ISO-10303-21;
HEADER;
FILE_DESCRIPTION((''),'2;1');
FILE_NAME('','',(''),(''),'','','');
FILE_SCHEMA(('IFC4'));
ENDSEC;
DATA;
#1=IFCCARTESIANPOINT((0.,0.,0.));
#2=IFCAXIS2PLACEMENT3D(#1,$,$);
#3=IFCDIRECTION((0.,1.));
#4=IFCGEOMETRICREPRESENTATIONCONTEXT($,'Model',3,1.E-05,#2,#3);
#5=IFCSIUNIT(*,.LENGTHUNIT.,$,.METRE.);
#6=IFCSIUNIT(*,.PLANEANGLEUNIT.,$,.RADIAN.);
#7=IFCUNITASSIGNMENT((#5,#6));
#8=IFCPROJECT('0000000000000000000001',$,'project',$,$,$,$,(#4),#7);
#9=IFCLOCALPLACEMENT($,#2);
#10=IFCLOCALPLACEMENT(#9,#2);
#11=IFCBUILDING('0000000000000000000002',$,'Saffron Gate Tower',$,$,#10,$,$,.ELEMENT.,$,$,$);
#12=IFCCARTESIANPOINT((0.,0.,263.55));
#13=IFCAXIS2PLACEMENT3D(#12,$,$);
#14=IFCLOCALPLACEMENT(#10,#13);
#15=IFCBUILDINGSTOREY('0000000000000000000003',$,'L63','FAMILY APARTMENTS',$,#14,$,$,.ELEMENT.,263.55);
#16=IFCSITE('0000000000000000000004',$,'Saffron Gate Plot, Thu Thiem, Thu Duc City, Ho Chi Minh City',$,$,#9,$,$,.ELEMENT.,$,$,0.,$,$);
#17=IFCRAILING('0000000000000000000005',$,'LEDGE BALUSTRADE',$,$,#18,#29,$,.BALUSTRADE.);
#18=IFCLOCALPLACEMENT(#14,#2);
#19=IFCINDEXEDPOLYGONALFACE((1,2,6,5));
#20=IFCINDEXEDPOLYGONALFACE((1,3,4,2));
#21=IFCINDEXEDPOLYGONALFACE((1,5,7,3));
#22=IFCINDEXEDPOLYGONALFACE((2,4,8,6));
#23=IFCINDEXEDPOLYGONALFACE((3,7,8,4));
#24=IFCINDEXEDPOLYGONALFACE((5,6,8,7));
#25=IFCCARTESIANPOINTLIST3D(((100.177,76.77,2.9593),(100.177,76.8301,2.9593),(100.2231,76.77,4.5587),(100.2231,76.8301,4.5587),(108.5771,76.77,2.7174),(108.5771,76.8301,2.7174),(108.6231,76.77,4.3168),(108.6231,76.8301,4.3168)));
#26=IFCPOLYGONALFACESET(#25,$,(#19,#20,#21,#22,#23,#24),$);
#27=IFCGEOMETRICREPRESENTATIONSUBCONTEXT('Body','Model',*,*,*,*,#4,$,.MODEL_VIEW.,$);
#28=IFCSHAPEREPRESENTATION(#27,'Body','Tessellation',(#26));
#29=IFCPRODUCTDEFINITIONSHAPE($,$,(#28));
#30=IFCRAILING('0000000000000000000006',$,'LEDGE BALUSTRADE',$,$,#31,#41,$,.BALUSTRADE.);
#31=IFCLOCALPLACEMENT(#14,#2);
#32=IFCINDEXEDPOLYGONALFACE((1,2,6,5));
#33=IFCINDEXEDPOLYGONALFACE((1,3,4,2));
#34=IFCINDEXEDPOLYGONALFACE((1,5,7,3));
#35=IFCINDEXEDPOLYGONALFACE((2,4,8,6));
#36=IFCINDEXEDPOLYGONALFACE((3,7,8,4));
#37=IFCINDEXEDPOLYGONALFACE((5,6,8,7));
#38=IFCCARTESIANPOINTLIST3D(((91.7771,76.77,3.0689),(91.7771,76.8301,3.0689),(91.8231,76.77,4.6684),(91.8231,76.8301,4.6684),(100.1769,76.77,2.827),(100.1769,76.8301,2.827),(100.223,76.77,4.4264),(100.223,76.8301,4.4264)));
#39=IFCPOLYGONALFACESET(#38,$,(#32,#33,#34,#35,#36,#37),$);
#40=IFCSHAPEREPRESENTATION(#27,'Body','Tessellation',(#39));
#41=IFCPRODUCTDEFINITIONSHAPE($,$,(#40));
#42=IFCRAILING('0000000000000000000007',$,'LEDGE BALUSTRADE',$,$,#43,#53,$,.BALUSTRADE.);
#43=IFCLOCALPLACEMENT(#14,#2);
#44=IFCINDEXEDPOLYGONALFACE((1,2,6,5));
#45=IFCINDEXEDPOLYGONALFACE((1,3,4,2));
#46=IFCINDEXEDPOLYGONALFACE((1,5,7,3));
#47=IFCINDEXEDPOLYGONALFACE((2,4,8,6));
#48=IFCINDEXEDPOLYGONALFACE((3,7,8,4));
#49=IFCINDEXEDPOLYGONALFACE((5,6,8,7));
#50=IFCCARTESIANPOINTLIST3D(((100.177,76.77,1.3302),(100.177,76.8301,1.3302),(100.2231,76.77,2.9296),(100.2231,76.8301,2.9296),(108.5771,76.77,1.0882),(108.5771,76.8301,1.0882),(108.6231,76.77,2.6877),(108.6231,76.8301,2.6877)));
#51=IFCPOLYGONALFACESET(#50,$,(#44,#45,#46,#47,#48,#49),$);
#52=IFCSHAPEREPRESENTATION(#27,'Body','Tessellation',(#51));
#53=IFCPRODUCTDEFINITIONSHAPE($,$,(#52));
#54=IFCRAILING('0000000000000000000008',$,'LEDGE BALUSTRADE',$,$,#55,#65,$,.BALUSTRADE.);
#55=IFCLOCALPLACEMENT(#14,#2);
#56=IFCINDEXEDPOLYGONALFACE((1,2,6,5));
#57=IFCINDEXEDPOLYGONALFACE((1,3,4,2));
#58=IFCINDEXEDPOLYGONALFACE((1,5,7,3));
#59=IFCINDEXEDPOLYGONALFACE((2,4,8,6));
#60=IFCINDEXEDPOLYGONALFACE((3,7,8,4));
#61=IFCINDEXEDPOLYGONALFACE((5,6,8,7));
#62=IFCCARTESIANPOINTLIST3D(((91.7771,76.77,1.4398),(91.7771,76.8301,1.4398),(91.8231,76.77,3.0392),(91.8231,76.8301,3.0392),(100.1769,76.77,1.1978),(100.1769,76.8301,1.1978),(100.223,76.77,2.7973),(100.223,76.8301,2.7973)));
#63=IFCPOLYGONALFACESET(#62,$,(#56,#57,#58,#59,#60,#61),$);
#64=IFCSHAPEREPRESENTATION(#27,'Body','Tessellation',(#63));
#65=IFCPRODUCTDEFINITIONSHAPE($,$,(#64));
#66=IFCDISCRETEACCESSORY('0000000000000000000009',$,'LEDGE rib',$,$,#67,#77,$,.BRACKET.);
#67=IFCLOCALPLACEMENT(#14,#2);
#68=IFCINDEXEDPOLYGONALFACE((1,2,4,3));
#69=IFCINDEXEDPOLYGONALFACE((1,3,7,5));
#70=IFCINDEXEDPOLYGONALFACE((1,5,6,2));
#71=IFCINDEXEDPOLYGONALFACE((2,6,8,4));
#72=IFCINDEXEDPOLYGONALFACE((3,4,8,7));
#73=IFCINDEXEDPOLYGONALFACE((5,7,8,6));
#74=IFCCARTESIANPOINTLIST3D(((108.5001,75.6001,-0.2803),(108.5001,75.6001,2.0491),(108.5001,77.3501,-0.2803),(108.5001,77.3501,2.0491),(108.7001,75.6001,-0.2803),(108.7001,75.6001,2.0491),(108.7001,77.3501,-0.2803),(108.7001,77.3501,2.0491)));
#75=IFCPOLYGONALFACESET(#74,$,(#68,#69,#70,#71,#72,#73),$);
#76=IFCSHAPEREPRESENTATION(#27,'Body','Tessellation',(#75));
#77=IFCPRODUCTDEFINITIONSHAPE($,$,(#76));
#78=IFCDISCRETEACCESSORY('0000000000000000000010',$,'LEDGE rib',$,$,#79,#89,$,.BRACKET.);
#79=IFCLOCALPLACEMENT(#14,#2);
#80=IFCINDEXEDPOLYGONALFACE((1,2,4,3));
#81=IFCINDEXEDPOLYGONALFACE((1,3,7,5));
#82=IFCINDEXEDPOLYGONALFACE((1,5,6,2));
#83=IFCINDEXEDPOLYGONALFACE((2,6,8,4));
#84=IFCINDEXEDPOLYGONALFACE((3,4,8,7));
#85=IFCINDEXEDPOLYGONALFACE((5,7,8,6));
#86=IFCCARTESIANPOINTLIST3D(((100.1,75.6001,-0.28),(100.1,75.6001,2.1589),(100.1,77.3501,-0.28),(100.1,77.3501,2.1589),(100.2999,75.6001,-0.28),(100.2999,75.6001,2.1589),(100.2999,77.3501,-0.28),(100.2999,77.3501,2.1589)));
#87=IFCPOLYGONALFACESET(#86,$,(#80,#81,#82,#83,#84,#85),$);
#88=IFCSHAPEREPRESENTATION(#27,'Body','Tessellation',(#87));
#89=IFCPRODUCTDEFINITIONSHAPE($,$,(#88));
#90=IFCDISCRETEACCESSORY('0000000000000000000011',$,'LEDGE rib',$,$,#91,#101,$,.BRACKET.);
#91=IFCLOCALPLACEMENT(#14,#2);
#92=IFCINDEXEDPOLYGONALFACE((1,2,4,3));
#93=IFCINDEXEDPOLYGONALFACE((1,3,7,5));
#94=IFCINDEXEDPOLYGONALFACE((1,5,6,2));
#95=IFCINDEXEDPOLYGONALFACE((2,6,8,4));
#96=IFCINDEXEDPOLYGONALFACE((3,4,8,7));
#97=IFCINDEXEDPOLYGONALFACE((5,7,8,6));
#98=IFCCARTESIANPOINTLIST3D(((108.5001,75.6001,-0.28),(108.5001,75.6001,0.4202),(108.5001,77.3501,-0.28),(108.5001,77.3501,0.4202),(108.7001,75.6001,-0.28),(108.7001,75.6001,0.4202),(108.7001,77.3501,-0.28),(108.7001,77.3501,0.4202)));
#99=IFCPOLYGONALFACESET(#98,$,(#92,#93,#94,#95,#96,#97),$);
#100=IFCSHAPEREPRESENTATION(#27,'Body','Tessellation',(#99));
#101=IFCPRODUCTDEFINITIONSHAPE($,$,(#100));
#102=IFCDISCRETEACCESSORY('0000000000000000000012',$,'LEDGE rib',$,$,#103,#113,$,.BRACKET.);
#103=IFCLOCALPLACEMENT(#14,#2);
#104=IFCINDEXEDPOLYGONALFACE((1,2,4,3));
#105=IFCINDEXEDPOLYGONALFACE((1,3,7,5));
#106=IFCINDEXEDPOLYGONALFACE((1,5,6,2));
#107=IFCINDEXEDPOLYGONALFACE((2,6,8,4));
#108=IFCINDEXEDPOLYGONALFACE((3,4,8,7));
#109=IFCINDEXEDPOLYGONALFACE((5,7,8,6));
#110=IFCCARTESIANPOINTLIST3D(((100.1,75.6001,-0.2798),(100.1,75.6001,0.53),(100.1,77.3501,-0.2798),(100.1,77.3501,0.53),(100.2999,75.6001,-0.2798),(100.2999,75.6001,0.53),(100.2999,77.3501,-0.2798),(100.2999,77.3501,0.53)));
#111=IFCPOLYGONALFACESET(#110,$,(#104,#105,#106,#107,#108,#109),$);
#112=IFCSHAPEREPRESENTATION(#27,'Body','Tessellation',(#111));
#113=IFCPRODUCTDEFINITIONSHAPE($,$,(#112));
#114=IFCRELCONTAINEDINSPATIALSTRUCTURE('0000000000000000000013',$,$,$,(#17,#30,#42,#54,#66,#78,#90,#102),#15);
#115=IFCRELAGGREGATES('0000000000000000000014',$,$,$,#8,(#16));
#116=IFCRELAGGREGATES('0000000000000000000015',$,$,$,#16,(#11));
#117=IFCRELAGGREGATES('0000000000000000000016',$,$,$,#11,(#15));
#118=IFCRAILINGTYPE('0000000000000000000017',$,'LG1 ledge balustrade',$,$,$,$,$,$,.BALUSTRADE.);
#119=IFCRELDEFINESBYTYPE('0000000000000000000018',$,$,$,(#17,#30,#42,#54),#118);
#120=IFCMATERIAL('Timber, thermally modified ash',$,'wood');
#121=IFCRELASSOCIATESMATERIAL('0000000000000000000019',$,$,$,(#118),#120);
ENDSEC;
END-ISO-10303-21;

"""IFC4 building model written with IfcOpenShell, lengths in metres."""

from ifc_helpers import new_model, si_unit, direction, frame, origin, origin_2d, place, context, subcontext, project, spatial, rectangle, extrude, material, type_object, element, save


model = new_model("IFC4")

# Units and contexts
model_context = context("Model", 3, precision=1e-05, world=origin(), true_north=direction((0.0, 1.0)))
body_context = subcontext(model_context, "Body", "Model", "MODEL_VIEW")
ifc_project = project(units=[si_unit("LENGTHUNIT", "METRE"), si_unit("PLANEANGLEUNIT", "RADIAN")], contexts=[model_context])

# Site, building, storey
site_placement = place(None, origin())
site = spatial("IfcSite", under=ifc_project, at=site_placement, Name="Saffron Gate Plot, Thu Thiem, Thu Duc City, Ho Chi Minh City", CompositionType="ELEMENT", RefElevation=0.0)
building_placement = place(site_placement, origin())
building = spatial("IfcBuilding", under=site, at=building_placement, Name="Saffron Gate Tower", CompositionType="ELEMENT")
storey_placement = place(building_placement, frame((0.0, 0.0, 263.55)))
storey = spatial("IfcBuildingStorey", under=building, at=storey_placement, Name="L63", Description="FAMILY APARTMENTS", CompositionType="ELEMENT", Elevation=263.55)

# Shared definitions
ifc_material_1 = material(Name="Timber, thermally modified ash", Category="wood")

# Railings
railing_type = type_object("IfcRailingType", Name="LG1 ledge balustrade", PredefinedType="BALUSTRADE", material=ifc_material_1)
railing_1_placement = place(storey_placement, frame((108.6001, 76.8, 2.717)))
element("IfcRailing", 1, at=railing_1_placement, inside=storey, type_object=railing_type, Name="LEDGE BALUSTRADE", PredefinedType="BALUSTRADE", context=body_context, shape_type="SweptSolid", body=[
    extrude(rectangle(XDim=0.0601, YDim=1.6001, at=origin_2d()), frame((0.0, 0.0, 0.8), z_axis=(-0.999585, 0.0, 0.02879), x_axis=(0.0, -1.0, 0.0)), (0.0, 0.0, 1.0), 8.4036),
])
railing_2_placement = place(storey_placement, frame((100.2, 76.8, 2.8267)))
element("IfcRailing", 2, at=railing_2_placement, inside=storey, type_object=railing_type, Name="LEDGE BALUSTRADE", PredefinedType="BALUSTRADE", context=body_context, shape_type="SweptSolid", body=[
    extrude(rectangle(XDim=0.0601, YDim=1.6001, at=origin_2d()), frame((0.0, 0.0, 0.8), z_axis=(-0.999585, 0.0, 0.028791), x_axis=(0.0, -1.0, 0.0)), (0.0, 0.0, 1.0), 8.4033),
])
railing_3_placement = place(storey_placement, frame((108.6001, 76.8, 1.0879)))
element("IfcRailing", 3, at=railing_3_placement, inside=storey, type_object=railing_type, Name="LEDGE BALUSTRADE", PredefinedType="BALUSTRADE", context=body_context, shape_type="SweptSolid", body=[
    extrude(rectangle(XDim=0.0601, YDim=1.6001, at=origin_2d()), frame((0.0, 0.0, 0.8), z_axis=(-0.999585, 0.0, 0.02879), x_axis=(0.0, -1.0, 0.0)), (0.0, 0.0, 1.0), 8.4036),
])
railing_4_placement = place(storey_placement, frame((100.2, 76.8, 1.1975)))
element("IfcRailing", 4, at=railing_4_placement, inside=storey, type_object=railing_type, Name="LEDGE BALUSTRADE", PredefinedType="BALUSTRADE", context=body_context, shape_type="SweptSolid", body=[
    extrude(rectangle(XDim=0.0601, YDim=1.6001, at=origin_2d()), frame((0.0, 0.0, 0.8), z_axis=(-0.999585, 0.0, 0.028791), x_axis=(0.0, -1.0, 0.0)), (0.0, 0.0, 1.0), 8.4033),
])

# Discrete accessories
discrete_accessory_1_placement = place(storey_placement, frame((108.6001, 76.4751, -0.2803), z_axis=(0.0, 0.0, 1.0), x_axis=(-1.0, 0.0, 0.0)))
element("IfcDiscreteAccessory", 5, at=discrete_accessory_1_placement, inside=storey, Name="LEDGE rib", PredefinedType="BRACKET", context=body_context, shape_type="SweptSolid", body=[
    extrude(rectangle(XDim=0.2, YDim=1.75, at=origin_2d()), origin(), (0.0, 0.0, 1.0), 2.3293),
])
discrete_accessory_2_placement = place(storey_placement, frame((100.2, 76.4751, -0.28), z_axis=(0.0, 0.0, 1.0), x_axis=(-1.0, 0.0, 0.0)))
element("IfcDiscreteAccessory", 6, at=discrete_accessory_2_placement, inside=storey, Name="LEDGE rib", PredefinedType="BRACKET", context=body_context, shape_type="SweptSolid", body=[
    extrude(rectangle(XDim=0.2, YDim=1.75, at=origin_2d()), origin(), (0.0, 0.0, 1.0), 2.439),
])
discrete_accessory_3_placement = place(storey_placement, frame((108.6001, 76.4751, -0.28), z_axis=(0.0, 0.0, 1.0), x_axis=(-1.0, 0.0, 0.0)))
element("IfcDiscreteAccessory", 7, at=discrete_accessory_3_placement, inside=storey, Name="LEDGE rib", PredefinedType="BRACKET", context=body_context, shape_type="SweptSolid", body=[
    extrude(rectangle(XDim=0.2, YDim=1.75, at=origin_2d()), origin(), (0.0, 0.0, 1.0), 0.7002),
])
discrete_accessory_4_placement = place(storey_placement, frame((100.2, 76.4751, -0.2798), z_axis=(0.0, 0.0, 1.0), x_axis=(-1.0, 0.0, 0.0)))
element("IfcDiscreteAccessory", 8, at=discrete_accessory_4_placement, inside=storey, Name="LEDGE rib", PredefinedType="BRACKET", context=body_context, shape_type="SweptSolid", body=[
    extrude(rectangle(XDim=0.2, YDim=1.75, at=origin_2d()), origin(), (0.0, 0.0, 1.0), 0.8098),
])

save(model, "model.ifc")
